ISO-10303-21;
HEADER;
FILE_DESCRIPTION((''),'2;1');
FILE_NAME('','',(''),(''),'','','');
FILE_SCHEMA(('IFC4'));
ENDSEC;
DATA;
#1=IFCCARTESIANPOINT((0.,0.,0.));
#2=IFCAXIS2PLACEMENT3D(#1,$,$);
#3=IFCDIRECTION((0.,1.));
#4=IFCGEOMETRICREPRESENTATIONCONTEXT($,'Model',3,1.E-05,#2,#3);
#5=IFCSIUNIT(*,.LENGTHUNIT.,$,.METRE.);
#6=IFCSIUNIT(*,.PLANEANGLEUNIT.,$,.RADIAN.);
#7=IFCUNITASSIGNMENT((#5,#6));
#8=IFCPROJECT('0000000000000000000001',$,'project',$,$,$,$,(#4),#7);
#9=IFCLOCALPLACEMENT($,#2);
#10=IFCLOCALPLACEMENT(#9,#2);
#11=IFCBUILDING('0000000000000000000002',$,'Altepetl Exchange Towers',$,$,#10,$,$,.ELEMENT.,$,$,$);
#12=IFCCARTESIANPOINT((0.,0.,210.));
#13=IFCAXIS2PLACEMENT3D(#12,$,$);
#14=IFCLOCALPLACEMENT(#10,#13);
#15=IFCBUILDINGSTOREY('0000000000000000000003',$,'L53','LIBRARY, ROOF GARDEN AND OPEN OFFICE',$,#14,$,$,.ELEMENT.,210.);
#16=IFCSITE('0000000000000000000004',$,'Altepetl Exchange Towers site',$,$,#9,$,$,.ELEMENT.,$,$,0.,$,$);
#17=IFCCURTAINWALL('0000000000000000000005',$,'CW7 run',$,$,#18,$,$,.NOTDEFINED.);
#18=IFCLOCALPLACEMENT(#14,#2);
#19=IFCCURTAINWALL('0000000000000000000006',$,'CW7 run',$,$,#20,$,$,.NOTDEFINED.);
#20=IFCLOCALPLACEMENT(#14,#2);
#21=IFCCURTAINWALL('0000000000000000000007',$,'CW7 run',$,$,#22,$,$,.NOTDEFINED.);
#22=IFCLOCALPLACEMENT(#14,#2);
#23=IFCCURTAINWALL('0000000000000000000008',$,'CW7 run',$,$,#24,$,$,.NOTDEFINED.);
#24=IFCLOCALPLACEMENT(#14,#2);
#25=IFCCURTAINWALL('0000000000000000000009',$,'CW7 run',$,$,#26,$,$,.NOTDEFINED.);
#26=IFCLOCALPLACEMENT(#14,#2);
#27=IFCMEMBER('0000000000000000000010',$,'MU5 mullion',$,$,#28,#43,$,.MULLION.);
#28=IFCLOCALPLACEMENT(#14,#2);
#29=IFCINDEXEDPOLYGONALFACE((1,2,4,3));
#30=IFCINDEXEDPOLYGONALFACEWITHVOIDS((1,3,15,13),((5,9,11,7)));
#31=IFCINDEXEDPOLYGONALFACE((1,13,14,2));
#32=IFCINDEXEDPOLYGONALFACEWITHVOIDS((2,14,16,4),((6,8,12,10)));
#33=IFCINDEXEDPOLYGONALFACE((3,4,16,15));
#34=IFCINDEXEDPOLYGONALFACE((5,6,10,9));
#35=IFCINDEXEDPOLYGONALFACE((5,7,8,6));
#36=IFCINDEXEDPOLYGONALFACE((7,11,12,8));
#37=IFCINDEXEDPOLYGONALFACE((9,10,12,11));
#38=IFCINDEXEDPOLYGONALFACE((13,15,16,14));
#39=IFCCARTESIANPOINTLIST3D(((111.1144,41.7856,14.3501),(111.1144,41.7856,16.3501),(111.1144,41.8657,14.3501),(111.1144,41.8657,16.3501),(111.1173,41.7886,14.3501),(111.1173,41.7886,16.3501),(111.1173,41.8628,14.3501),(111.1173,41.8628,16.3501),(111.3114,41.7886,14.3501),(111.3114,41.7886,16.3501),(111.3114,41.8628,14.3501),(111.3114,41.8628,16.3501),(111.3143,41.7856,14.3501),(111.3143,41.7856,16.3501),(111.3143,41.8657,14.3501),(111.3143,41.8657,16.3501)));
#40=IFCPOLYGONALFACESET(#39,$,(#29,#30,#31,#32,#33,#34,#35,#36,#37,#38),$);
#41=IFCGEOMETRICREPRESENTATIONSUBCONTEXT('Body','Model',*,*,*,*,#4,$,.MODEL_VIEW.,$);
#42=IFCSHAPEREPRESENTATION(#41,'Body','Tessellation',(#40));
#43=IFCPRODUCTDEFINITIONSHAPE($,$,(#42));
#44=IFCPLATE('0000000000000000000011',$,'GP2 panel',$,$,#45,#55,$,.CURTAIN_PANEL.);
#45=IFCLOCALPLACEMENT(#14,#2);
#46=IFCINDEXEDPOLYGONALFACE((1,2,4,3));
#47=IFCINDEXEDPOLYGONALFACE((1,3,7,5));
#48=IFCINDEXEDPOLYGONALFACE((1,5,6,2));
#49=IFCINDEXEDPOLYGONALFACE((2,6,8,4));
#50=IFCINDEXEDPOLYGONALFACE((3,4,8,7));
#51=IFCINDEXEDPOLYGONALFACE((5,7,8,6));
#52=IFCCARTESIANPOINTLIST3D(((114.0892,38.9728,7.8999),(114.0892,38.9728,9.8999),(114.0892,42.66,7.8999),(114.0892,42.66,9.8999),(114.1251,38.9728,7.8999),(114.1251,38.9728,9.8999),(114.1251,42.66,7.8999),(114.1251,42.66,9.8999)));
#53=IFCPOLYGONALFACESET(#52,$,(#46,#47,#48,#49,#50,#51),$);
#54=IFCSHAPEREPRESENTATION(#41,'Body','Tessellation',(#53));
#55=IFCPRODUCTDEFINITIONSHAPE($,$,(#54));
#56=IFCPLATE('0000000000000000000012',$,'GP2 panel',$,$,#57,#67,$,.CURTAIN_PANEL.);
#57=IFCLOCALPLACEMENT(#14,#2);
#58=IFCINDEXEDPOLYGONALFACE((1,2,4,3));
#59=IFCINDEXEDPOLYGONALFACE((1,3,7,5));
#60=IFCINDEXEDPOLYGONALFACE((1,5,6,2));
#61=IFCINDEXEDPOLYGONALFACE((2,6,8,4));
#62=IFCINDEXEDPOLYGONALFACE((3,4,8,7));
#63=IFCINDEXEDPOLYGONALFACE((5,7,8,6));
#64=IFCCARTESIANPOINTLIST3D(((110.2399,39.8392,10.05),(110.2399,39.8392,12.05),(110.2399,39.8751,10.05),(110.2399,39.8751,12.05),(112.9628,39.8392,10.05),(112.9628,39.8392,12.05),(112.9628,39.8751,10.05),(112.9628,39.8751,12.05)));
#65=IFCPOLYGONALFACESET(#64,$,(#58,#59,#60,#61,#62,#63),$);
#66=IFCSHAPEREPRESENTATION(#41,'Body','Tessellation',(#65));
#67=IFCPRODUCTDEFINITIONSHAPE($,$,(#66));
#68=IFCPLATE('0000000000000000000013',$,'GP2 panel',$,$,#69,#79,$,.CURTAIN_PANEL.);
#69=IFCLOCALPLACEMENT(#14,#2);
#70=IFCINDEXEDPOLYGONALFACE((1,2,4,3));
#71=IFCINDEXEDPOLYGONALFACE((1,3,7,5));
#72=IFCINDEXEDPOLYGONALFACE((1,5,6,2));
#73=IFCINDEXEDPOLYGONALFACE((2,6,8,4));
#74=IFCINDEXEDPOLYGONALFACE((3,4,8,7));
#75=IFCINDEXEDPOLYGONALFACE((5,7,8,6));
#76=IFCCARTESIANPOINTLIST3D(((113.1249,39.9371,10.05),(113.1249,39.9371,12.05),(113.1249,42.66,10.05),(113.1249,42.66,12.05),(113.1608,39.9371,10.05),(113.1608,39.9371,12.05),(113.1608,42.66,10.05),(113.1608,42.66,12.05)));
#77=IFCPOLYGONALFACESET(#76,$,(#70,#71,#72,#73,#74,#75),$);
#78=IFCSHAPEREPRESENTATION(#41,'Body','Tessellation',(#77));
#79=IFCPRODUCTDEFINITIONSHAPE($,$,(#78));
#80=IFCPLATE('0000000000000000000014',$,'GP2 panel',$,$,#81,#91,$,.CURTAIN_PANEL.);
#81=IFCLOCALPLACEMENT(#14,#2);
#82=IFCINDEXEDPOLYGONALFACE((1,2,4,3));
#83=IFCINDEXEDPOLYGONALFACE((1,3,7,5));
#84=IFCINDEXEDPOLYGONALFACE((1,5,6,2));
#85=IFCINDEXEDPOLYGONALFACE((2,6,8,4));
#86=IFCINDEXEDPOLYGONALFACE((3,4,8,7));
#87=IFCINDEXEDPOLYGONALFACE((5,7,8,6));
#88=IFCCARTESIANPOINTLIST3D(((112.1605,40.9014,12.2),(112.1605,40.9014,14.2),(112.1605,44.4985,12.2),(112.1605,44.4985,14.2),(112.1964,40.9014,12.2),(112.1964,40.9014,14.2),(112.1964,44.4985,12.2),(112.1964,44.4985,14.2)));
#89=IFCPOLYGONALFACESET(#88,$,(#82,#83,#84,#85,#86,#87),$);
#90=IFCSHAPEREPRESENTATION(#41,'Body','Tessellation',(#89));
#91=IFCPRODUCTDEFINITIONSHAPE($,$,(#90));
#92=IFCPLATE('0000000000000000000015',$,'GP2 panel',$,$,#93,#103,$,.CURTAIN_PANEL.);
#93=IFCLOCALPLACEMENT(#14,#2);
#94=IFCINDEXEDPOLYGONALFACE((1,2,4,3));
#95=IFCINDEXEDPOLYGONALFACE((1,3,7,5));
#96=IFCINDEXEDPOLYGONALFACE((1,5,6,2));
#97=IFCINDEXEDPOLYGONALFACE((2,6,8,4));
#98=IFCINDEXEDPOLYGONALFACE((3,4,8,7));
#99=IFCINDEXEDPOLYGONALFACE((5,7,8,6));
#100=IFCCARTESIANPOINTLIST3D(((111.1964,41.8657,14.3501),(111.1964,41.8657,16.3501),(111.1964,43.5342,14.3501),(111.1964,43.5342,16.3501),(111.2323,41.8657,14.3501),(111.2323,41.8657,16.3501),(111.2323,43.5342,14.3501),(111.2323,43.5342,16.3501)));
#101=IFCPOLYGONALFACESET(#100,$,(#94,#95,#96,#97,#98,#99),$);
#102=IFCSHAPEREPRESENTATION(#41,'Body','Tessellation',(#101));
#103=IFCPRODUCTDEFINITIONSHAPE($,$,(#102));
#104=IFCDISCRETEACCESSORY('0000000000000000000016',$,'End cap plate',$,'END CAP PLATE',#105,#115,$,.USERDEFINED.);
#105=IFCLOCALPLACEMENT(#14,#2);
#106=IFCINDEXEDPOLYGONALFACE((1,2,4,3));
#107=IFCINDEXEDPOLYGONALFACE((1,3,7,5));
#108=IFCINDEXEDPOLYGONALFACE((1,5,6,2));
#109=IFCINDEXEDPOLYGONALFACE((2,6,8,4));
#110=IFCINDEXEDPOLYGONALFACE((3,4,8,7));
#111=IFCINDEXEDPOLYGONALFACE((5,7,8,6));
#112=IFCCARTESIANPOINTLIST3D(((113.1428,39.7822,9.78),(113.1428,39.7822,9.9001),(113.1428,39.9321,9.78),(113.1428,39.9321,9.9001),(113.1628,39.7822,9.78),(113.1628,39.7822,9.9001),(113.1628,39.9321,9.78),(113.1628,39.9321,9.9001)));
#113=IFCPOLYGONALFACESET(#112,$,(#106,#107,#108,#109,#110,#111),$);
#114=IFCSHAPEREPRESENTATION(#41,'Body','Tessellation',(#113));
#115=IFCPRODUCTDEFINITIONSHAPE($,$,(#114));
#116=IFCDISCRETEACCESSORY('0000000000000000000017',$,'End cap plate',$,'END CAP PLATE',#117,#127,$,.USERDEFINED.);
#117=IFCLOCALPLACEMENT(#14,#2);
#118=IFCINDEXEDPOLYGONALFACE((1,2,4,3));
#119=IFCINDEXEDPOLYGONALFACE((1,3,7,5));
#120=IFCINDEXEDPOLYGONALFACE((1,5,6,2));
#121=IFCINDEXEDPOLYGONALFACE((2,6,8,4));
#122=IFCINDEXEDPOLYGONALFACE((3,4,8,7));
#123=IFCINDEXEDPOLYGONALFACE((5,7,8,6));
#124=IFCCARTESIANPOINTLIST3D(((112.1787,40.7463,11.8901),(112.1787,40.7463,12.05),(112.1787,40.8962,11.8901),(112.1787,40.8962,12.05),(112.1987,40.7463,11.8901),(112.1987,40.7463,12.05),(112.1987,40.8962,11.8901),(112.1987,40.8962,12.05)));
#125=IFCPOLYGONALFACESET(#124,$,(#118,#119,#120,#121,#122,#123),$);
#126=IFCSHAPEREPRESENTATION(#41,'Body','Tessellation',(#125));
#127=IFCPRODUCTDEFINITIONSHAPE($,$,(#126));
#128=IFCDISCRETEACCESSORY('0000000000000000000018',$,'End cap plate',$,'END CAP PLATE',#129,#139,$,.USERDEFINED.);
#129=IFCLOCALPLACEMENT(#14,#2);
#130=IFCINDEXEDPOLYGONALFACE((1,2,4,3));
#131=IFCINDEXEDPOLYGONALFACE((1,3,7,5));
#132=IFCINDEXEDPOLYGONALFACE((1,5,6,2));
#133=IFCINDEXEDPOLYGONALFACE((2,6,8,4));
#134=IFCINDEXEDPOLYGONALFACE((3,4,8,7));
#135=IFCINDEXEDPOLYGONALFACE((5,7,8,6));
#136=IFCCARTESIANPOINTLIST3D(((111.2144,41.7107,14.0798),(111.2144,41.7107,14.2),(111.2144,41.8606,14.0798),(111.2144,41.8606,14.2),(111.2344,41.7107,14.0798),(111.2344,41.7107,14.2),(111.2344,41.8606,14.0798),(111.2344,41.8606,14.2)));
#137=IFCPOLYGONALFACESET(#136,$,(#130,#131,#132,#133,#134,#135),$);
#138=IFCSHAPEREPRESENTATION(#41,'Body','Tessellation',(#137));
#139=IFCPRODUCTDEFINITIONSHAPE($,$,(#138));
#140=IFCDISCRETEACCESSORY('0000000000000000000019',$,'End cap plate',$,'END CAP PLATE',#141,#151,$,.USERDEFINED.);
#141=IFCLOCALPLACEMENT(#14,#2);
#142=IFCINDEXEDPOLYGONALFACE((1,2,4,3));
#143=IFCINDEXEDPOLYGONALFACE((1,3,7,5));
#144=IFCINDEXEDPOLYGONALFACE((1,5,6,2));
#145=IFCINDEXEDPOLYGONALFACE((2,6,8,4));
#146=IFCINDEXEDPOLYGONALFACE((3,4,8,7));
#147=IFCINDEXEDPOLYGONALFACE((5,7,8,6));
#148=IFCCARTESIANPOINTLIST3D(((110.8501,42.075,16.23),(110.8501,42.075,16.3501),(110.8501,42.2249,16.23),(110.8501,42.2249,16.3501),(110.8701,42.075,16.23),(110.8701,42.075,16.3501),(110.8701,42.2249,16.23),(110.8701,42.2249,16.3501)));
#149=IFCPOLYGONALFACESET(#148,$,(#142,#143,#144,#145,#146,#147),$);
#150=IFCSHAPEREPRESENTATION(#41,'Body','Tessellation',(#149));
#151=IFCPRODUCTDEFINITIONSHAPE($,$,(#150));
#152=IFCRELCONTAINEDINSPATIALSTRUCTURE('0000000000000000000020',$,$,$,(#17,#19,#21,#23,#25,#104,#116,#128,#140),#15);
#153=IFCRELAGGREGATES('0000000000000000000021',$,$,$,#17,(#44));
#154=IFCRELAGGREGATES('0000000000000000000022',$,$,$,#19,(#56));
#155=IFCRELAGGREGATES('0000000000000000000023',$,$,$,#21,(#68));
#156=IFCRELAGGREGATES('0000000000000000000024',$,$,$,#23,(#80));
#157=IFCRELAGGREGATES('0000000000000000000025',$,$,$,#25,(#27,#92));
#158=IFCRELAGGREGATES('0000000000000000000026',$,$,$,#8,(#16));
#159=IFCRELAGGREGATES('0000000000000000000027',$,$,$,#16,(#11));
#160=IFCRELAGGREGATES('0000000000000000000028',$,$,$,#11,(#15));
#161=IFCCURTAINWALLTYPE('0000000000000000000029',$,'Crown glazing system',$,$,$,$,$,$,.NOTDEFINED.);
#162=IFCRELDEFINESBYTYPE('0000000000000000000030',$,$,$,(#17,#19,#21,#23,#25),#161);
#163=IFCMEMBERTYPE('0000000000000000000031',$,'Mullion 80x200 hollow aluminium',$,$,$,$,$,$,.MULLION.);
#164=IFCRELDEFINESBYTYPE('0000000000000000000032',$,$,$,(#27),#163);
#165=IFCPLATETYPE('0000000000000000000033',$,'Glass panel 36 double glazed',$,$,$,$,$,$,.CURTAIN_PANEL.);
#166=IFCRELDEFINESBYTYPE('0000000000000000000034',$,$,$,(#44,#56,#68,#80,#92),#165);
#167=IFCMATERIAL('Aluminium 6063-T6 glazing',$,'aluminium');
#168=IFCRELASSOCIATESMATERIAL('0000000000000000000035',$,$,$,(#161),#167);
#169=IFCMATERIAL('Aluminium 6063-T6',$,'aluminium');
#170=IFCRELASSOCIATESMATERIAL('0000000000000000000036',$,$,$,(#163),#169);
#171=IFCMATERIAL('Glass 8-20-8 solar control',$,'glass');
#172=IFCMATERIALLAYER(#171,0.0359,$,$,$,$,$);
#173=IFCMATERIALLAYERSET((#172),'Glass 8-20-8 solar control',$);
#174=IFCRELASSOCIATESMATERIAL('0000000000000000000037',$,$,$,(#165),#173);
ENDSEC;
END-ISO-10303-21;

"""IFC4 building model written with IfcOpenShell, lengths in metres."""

from ifc_helpers import new_model, si_unit, direction, frame, origin, origin_2d, place, context, subcontext, project, spatial, rectangle, hollow_rectangle, extrude, material, layer, layer_set, material_profile, profile_set, type_object, element, aggregate, save


model = new_model("IFC4")

# Units and contexts
model_context = context("Model", 3, precision=1e-05, world=origin(), true_north=direction((0.0, 1.0)))
body_context = subcontext(model_context, "Body", "Model", "MODEL_VIEW")
ifc_project = project(units=[si_unit("LENGTHUNIT", "METRE"), si_unit("PLANEANGLEUNIT", "RADIAN")], contexts=[model_context])

# Site, building, storey
site_placement = place(None, origin())
site = spatial("IfcSite", under=ifc_project, at=site_placement, Name="Altepetl Exchange Towers site", CompositionType="ELEMENT", RefElevation=0.0)
building_placement = place(site_placement, origin())
building = spatial("IfcBuilding", under=site, at=building_placement, Name="Altepetl Exchange Towers", CompositionType="ELEMENT")
storey_placement = place(building_placement, frame((0.0, 0.0, 210.0)))
storey = spatial("IfcBuildingStorey", under=building, at=storey_placement, Name="L53", Description="LIBRARY, ROOF GARDEN AND OPEN OFFICE", CompositionType="ELEMENT", Elevation=210.0)

# Curtain walls, member
ifc_material_1 = material(Name="Aluminium 6063-T6 glazing", Category="aluminium")
curtain_wall_type = type_object("IfcCurtainWallType", Name="Crown glazing system", PredefinedType="NOTDEFINED", material=ifc_material_1)
ifc_material_2 = material(Name="Aluminium 6063-T6", Category="aluminium")
ifc_material_profile_1 = material_profile(ifc_material_2, hollow_rectangle(XDim=0.0801, YDim=0.2, WallThickness=0.0029, at=origin_2d()), Name="Mullion 80x200 hollow aluminium")
ifc_profile_set_1 = profile_set([ifc_material_profile_1], Name="Aluminium 6063-T6")
member_type = type_object("IfcMemberType", Name="Mullion 80x200 hollow aluminium", PredefinedType="MULLION", material=ifc_profile_set_1)
curtain_wall_1_placement = place(storey_placement, origin())
curtain_wall_1 = element("IfcCurtainWall", 1, at=curtain_wall_1_placement, inside=storey, type_object=curtain_wall_type, Name="CW7 run", PredefinedType="NOTDEFINED")
curtain_wall_2_placement = place(storey_placement, origin())
curtain_wall_2 = element("IfcCurtainWall", 2, at=curtain_wall_2_placement, inside=storey, type_object=curtain_wall_type, Name="CW7 run", PredefinedType="NOTDEFINED")
curtain_wall_3_placement = place(storey_placement, origin())
curtain_wall_3 = element("IfcCurtainWall", 3, at=curtain_wall_3_placement, inside=storey, type_object=curtain_wall_type, Name="CW7 run", PredefinedType="NOTDEFINED")
curtain_wall_4_placement = place(storey_placement, origin())
curtain_wall_4 = element("IfcCurtainWall", 4, at=curtain_wall_4_placement, inside=storey, type_object=curtain_wall_type, Name="CW7 run", PredefinedType="NOTDEFINED")
curtain_wall_5_placement = place(storey_placement, origin())
curtain_wall_5 = element("IfcCurtainWall", 5, at=curtain_wall_5_placement, inside=storey, type_object=curtain_wall_type, Name="CW7 run", PredefinedType="NOTDEFINED")
member_1_placement = place(storey_placement, frame((111.2144, 41.8257, 14.3501), z_axis=(0.0, 0.0, 1.0), x_axis=(0.0, 1.0, 0.0)))
member_1 = element("IfcMember", 6, at=member_1_placement, type_object=member_type, Name="MU5 mullion", PredefinedType="MULLION", context=body_context, shape_type="SweptSolid", body=[
    extrude(hollow_rectangle(XDim=0.0801, YDim=0.2, WallThickness=0.0029, at=origin_2d()), origin(), (0.0, 0.0, 1.0), 2.0),
])

# Plates
ifc_material_3 = material(Name="Glass 8-20-8 solar control", Category="glass")
ifc_layer = layer(ifc_material_3, 0.0359)
ifc_layer_set = layer_set([ifc_layer], Name="Glass 8-20-8 solar control")
plate_type = type_object("IfcPlateType", Name="Glass panel 36 double glazed", PredefinedType="CURTAIN_PANEL", material=ifc_layer_set)
plate_1_placement = place(storey_placement, frame((114.1072, 40.8164, 7.8999), z_axis=(0.0, 0.0, 1.0), x_axis=(0.0, 1.0, 0.0)))
plate_1 = element("IfcPlate", 7, at=plate_1_placement, type_object=plate_type, Name="GP2 panel", PredefinedType="CURTAIN_PANEL", context=body_context, shape_type="SweptSolid", body=[
    extrude(rectangle(XDim=3.6873, YDim=0.0359, at=origin_2d()), origin(), (0.0, 0.0, 1.0), 2.0),
])
aggregate(curtain_wall_1, [plate_1])
plate_2_placement = place(storey_placement, frame((111.6013, 39.8572, 10.05)))
plate_2 = element("IfcPlate", 8, at=plate_2_placement, type_object=plate_type, Name="GP2 panel", PredefinedType="CURTAIN_PANEL", context=body_context, shape_type="SweptSolid", body=[
    extrude(rectangle(XDim=2.7229, YDim=0.0359, at=origin_2d()), origin(), (0.0, 0.0, 1.0), 2.0),
])
aggregate(curtain_wall_2, [plate_2])
plate_3_placement = place(storey_placement, frame((113.1428, 41.2986, 10.05), z_axis=(0.0, 0.0, 1.0), x_axis=(0.0, 1.0, 0.0)))
plate_3 = element("IfcPlate", 9, at=plate_3_placement, type_object=plate_type, Name="GP2 panel", PredefinedType="CURTAIN_PANEL", context=body_context, shape_type="SweptSolid", body=[
    extrude(rectangle(XDim=2.7229, YDim=0.0359, at=origin_2d()), origin(), (0.0, 0.0, 1.0), 2.0),
])
aggregate(curtain_wall_3, [plate_3])
plate_4_placement = place(storey_placement, frame((112.1785, 42.7, 12.2), z_axis=(0.0, 0.0, 1.0), x_axis=(0.0, 1.0, 0.0)))
plate_4 = element("IfcPlate", 10, at=plate_4_placement, type_object=plate_type, Name="GP2 panel", PredefinedType="CURTAIN_PANEL", context=body_context, shape_type="SweptSolid", body=[
    extrude(rectangle(XDim=3.5972, YDim=0.0359, at=origin_2d()), origin(), (0.0, 0.0, 1.0), 2.0),
])
aggregate(curtain_wall_4, [plate_4])
plate_5_placement = place(storey_placement, frame((111.2144, 42.7, 14.3501), z_axis=(0.0, 0.0, 1.0), x_axis=(0.0, 1.0, 0.0)))
plate_5 = element("IfcPlate", 11, at=plate_5_placement, type_object=plate_type, Name="GP2 panel", PredefinedType="CURTAIN_PANEL", context=body_context, shape_type="SweptSolid", body=[
    extrude(rectangle(XDim=1.6685, YDim=0.0359, at=origin_2d()), origin(), (0.0, 0.0, 1.0), 2.0),
])
aggregate(curtain_wall_5, [member_1, plate_5])

# Discrete accessories
discrete_accessory_1_placement = place(storey_placement, frame((113.1528, 39.8572, 9.78)))
element("IfcDiscreteAccessory", 12, at=discrete_accessory_1_placement, inside=storey, Name="End cap plate", ObjectType="END CAP PLATE", PredefinedType="USERDEFINED", context=body_context, shape_type="SweptSolid", body=[
    extrude(rectangle(XDim=0.02, YDim=0.1499, at=origin_2d()), origin(), (0.0, 0.0, 1.0), 0.1201),
])
discrete_accessory_2_placement = place(storey_placement, frame((112.1887, 40.8213, 11.8901)))
element("IfcDiscreteAccessory", 13, at=discrete_accessory_2_placement, inside=storey, Name="End cap plate", ObjectType="END CAP PLATE", PredefinedType="USERDEFINED", context=body_context, shape_type="SweptSolid", body=[
    extrude(rectangle(XDim=0.02, YDim=0.1499, at=origin_2d()), origin(), (0.0, 0.0, 1.0), 0.1599),
])
for number, where, name in (
    (14, (111.2244, 41.7856, 14.0798), "End cap plate"),
    (15, (110.8601, 42.1499, 16.23), "End cap plate"),
):
    element("IfcDiscreteAccessory", number, at=place(storey_placement, frame(where)), inside=storey, Name=name, ObjectType="END CAP PLATE", PredefinedType="USERDEFINED", context=body_context, shape_type="SweptSolid", body=[
        extrude(rectangle(XDim=0.02, YDim=0.1499, at=origin_2d()), origin(), (0.0, 0.0, 1.0), 0.1201),
    ])

save(model, "model.ifc")
